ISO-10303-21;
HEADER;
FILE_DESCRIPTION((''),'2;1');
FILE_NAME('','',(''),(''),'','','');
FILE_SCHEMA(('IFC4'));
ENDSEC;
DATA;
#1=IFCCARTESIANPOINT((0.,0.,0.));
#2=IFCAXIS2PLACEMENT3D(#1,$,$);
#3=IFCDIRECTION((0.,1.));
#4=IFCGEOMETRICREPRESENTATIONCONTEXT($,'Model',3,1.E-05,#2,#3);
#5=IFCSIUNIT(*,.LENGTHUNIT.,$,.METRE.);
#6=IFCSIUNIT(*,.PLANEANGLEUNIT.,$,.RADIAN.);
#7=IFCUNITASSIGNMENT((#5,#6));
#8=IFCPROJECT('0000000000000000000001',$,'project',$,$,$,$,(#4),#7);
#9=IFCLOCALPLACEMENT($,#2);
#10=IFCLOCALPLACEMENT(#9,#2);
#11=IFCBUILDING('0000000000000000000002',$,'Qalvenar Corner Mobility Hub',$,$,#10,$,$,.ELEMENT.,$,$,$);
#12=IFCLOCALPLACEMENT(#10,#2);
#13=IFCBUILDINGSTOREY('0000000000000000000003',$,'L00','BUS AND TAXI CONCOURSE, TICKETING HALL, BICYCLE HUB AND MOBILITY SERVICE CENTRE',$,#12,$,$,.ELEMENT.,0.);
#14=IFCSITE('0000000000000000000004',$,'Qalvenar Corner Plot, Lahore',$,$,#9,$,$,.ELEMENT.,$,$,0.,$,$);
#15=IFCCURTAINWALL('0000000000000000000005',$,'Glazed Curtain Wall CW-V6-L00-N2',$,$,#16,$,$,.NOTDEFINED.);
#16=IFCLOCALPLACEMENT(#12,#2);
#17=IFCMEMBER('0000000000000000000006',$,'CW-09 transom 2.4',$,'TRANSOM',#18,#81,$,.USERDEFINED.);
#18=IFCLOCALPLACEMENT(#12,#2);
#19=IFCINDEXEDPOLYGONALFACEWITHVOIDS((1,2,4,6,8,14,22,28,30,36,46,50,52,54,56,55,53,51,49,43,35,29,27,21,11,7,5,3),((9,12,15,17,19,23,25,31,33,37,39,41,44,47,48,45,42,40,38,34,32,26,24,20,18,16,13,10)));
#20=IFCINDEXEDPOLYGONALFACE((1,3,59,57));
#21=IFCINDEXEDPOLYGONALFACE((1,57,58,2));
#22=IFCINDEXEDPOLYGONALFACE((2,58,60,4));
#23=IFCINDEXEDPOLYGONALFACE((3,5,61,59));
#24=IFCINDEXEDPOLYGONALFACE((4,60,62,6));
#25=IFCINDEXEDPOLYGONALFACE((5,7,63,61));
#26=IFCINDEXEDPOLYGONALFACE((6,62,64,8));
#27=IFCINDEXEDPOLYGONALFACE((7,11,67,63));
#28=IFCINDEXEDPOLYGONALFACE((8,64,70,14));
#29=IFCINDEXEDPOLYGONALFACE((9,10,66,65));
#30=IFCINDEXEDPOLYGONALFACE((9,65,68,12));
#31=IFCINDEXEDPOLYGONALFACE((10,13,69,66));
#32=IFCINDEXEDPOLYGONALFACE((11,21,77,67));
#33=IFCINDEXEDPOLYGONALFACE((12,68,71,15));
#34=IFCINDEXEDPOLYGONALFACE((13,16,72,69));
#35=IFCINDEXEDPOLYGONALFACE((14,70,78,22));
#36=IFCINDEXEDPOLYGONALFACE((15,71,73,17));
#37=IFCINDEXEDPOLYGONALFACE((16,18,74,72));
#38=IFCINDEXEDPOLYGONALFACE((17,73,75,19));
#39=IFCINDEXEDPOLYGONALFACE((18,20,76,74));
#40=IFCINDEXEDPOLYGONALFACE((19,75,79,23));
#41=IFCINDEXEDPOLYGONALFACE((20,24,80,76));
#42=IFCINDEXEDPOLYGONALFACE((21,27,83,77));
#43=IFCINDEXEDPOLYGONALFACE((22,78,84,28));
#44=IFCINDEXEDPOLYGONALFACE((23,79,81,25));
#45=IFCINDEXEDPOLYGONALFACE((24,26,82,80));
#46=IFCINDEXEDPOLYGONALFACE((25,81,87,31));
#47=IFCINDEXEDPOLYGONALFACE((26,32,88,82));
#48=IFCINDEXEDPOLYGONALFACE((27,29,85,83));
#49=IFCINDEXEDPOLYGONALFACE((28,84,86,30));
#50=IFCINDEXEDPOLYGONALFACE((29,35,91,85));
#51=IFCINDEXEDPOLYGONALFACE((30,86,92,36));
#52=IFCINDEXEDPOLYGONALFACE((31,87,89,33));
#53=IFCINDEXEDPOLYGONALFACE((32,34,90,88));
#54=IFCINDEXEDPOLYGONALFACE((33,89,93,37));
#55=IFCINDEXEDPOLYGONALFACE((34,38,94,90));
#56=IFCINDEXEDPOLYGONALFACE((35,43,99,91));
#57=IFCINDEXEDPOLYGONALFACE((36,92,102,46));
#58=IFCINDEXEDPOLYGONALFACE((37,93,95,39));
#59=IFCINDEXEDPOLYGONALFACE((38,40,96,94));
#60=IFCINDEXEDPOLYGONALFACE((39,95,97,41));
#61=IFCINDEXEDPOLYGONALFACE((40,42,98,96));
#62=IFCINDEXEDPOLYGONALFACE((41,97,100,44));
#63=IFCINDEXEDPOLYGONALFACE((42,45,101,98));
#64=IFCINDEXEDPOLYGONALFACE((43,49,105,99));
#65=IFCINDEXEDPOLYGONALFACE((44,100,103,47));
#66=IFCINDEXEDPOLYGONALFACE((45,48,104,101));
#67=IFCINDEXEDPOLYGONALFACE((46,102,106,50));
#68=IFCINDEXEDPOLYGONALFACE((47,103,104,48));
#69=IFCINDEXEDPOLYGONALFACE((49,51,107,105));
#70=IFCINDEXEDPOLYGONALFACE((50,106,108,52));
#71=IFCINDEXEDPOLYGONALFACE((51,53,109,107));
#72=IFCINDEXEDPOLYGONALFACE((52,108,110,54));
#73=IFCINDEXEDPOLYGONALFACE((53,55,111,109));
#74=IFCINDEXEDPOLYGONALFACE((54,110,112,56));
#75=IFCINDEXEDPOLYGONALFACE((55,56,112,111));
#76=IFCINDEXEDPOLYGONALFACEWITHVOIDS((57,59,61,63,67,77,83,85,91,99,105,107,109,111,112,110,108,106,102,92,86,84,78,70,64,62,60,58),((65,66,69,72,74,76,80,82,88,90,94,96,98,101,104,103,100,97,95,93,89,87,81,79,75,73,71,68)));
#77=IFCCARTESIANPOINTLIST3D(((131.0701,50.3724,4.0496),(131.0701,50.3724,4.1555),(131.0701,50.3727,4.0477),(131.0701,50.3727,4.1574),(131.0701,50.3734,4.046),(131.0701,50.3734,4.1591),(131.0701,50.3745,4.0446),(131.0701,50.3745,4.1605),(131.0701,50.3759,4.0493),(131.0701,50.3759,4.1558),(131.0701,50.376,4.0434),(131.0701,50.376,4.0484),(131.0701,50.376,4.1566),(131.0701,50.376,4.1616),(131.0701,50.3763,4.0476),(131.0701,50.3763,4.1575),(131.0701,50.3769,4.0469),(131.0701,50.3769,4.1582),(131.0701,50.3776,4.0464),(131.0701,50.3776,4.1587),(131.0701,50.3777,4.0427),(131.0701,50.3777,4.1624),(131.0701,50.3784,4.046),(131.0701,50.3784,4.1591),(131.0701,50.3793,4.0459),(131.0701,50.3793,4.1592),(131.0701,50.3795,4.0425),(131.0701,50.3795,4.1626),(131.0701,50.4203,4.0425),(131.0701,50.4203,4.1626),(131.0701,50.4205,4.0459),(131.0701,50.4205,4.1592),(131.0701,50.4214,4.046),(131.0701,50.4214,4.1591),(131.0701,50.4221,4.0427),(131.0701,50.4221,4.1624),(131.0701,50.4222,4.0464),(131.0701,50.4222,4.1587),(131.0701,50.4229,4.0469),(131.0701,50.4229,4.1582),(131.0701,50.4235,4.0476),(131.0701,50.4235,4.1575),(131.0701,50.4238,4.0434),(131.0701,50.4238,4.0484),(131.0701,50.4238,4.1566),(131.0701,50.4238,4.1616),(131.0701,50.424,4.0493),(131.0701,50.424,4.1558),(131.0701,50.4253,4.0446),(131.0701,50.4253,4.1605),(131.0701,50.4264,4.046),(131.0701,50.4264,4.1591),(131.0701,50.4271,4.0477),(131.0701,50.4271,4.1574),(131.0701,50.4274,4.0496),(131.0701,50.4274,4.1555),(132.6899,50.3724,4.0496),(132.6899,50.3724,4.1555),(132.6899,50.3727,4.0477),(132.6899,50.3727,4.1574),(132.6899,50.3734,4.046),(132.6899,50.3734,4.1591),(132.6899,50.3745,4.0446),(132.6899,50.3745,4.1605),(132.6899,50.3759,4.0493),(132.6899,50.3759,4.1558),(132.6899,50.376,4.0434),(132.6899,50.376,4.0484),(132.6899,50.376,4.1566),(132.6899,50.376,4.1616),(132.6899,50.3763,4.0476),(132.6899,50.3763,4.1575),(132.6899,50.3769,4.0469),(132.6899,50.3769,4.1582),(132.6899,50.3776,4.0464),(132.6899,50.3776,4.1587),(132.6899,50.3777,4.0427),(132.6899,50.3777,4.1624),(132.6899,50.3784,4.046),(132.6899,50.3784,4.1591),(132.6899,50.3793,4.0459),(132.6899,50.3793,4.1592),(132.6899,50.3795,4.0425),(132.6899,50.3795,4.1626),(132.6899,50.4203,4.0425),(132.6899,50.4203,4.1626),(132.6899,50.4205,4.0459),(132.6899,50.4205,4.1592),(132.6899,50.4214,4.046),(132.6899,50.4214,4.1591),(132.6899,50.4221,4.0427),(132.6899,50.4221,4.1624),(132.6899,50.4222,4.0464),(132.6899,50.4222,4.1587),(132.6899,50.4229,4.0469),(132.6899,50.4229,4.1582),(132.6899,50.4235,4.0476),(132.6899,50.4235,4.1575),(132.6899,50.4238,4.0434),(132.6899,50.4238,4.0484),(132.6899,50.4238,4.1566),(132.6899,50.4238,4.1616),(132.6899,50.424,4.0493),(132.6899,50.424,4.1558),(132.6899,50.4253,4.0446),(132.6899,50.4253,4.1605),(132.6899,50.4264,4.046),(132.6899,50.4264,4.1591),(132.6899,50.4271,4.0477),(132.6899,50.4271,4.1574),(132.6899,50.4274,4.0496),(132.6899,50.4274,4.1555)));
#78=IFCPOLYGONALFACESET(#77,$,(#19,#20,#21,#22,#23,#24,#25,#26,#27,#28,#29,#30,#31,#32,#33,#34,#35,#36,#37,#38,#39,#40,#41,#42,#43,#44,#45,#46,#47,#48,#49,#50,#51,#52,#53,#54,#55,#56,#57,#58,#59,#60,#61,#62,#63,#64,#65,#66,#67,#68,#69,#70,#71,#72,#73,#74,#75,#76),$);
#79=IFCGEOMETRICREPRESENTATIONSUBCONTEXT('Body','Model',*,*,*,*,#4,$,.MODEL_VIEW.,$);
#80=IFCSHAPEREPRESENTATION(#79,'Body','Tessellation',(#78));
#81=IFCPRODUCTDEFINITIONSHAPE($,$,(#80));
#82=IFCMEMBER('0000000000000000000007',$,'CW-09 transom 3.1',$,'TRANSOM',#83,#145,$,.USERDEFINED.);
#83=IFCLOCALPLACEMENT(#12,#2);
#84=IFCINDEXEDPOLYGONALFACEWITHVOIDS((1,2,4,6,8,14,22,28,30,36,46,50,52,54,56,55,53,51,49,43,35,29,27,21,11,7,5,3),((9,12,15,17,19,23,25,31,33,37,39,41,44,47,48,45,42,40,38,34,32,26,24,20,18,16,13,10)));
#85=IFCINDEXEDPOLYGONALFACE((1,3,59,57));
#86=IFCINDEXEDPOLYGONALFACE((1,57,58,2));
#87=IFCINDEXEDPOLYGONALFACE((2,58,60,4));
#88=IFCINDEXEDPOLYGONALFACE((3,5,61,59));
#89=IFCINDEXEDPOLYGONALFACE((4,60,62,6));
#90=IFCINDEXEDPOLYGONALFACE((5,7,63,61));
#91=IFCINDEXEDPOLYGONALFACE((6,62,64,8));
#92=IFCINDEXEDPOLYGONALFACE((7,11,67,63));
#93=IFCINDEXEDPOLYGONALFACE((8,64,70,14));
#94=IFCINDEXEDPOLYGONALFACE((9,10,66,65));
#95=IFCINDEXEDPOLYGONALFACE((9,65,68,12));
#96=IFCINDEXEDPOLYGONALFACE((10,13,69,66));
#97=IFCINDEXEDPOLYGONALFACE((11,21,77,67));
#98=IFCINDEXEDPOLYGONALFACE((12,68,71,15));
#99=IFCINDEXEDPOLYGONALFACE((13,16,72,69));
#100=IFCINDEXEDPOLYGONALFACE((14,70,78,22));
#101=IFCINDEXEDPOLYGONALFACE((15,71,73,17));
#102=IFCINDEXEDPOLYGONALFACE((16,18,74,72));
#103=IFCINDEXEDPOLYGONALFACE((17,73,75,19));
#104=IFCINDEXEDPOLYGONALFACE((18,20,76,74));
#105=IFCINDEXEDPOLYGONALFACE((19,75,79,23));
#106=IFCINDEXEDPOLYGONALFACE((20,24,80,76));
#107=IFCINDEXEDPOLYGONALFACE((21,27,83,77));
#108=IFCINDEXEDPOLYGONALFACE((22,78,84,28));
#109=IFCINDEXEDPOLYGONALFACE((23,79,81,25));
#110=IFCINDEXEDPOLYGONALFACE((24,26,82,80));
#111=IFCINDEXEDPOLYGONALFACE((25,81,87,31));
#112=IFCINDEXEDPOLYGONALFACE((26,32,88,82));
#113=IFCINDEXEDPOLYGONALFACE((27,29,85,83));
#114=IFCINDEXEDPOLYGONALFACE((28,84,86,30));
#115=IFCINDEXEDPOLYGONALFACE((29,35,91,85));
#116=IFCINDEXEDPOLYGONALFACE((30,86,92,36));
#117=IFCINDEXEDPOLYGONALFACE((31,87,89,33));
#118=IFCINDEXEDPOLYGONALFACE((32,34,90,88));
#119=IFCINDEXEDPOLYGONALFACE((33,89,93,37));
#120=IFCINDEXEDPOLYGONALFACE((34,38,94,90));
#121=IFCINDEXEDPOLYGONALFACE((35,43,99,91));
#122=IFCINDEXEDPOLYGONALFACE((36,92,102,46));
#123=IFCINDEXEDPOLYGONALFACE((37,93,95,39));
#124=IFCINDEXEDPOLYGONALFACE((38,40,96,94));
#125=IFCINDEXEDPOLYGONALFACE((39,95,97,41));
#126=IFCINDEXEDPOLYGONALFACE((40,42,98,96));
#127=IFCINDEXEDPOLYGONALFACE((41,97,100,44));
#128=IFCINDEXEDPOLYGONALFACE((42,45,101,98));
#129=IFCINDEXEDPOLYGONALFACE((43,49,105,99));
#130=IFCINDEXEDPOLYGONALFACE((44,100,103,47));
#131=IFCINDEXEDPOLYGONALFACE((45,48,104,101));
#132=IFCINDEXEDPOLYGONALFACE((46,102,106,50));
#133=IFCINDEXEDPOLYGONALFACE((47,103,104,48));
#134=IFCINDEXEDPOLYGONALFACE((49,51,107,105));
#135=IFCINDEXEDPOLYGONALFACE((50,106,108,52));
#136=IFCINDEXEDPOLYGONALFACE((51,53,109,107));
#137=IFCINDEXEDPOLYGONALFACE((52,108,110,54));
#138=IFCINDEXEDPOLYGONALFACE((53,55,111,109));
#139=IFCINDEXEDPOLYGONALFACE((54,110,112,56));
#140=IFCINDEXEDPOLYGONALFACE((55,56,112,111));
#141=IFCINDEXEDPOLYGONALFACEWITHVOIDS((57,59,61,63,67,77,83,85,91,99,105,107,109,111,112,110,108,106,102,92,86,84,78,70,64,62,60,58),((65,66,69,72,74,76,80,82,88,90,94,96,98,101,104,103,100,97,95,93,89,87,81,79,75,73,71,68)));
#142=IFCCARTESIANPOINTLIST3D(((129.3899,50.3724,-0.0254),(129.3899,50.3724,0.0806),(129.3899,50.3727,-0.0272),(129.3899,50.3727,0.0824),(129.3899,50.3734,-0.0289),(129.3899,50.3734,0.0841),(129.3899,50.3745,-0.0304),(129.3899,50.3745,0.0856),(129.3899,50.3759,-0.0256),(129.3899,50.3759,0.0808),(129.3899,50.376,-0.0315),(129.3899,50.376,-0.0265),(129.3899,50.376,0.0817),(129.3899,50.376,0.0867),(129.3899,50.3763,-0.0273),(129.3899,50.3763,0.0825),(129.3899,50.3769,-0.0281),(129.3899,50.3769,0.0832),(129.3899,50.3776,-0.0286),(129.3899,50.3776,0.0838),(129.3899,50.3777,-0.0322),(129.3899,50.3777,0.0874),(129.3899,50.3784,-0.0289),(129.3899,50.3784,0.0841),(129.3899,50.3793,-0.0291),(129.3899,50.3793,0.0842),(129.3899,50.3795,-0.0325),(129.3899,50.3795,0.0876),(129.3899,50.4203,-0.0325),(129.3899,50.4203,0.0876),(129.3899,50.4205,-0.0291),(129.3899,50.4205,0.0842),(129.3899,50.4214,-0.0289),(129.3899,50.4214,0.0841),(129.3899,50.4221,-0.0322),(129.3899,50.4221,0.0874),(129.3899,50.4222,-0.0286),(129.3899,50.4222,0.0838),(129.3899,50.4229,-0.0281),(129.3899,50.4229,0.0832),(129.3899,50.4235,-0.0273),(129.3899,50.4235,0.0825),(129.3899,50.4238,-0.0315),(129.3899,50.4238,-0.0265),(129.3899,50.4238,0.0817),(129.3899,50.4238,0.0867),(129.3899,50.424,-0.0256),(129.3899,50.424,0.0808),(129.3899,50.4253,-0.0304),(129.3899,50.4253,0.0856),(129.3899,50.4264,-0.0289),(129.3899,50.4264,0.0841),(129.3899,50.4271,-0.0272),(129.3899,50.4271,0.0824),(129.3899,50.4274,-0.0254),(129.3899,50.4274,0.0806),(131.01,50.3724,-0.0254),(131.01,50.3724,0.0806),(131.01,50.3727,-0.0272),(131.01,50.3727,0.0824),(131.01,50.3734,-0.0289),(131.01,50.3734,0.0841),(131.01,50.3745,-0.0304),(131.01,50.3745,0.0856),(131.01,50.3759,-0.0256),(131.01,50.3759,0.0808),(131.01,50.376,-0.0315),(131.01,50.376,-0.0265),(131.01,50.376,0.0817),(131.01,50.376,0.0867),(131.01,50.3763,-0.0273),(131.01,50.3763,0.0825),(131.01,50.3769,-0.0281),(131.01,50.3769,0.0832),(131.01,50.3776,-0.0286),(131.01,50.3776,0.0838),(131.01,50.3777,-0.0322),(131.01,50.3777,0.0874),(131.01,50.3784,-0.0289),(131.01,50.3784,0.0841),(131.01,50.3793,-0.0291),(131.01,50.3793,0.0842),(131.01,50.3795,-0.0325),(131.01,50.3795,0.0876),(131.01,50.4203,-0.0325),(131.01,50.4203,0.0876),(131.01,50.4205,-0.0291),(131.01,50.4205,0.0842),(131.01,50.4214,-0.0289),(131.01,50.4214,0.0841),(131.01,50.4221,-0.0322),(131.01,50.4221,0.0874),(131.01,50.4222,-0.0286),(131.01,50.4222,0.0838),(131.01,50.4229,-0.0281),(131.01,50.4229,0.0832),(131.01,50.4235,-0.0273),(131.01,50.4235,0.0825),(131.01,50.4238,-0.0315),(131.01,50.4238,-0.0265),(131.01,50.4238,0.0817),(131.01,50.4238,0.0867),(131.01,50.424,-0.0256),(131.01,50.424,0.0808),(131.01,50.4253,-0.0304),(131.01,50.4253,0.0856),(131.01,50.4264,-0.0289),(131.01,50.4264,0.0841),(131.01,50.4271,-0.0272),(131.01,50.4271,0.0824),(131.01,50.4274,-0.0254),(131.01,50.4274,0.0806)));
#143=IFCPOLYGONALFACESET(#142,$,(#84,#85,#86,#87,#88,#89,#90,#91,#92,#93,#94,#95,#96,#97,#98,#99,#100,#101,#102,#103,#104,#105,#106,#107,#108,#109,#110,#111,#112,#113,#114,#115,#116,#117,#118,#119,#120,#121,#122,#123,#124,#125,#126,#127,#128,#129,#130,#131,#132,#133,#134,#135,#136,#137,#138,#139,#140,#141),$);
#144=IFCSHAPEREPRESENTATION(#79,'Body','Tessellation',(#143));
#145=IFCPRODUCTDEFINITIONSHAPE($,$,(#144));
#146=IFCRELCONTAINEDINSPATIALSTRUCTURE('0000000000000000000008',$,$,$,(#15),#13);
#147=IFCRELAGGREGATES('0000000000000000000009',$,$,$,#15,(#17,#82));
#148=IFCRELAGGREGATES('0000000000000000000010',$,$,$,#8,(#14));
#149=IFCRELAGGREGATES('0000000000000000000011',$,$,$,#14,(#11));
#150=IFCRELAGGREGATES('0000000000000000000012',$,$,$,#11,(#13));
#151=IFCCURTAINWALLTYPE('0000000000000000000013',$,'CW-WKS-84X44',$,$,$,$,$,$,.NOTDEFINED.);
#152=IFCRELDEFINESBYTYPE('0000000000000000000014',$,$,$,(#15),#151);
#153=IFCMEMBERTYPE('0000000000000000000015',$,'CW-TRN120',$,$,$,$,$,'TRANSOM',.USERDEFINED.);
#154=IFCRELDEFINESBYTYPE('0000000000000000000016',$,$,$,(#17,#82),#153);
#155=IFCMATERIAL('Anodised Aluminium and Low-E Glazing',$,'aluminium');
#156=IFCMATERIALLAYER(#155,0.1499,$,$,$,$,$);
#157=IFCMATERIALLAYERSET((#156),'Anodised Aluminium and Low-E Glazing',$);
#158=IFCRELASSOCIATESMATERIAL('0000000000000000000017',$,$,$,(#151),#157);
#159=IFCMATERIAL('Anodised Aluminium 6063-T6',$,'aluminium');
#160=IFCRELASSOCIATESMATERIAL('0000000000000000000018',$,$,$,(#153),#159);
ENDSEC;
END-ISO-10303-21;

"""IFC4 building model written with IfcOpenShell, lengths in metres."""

from ifc_helpers import new_model, si_unit, direction, frame, origin, origin_2d, place, context, subcontext, project, spatial, hollow_rectangle, extrude, material, layer, layer_set, material_profile, profile_set, type_object, element, aggregate, save


model = new_model("IFC4")

# Units and contexts
model_context = context("Model", 3, precision=1e-05, world=origin(), true_north=direction((0.0, 1.0)))
body_context = subcontext(model_context, "Body", "Model", "MODEL_VIEW")
ifc_project = project(units=[si_unit("LENGTHUNIT", "METRE"), si_unit("PLANEANGLEUNIT", "RADIAN")], contexts=[model_context])

# Site, building, storey
site_placement = place(None, origin())
site = spatial("IfcSite", under=ifc_project, at=site_placement, Name="Qalvenar Corner Plot, Lahore", CompositionType="ELEMENT", RefElevation=0.0)
building_placement = place(site_placement, origin())
building = spatial("IfcBuilding", under=site, at=building_placement, Name="Qalvenar Corner Mobility Hub", CompositionType="ELEMENT")
storey_placement = place(building_placement, origin())
storey = spatial("IfcBuildingStorey", under=building, at=storey_placement, Name="L00", Description="BUS AND TAXI CONCOURSE, TICKETING HALL, BICYCLE HUB AND MOBILITY SERVICE CENTRE", CompositionType="ELEMENT", Elevation=0.0)

# Curtain wall, members
ifc_material_1 = material(Name="Anodised Aluminium and Low-E Glazing", Category="aluminium")
ifc_layer_1 = layer(ifc_material_1, 0.1499)
ifc_layer_set_1 = layer_set([ifc_layer_1], Name="Anodised Aluminium and Low-E Glazing")
curtain_wall_type = type_object("IfcCurtainWallType", Name="CW-WKS-84X44", PredefinedType="NOTDEFINED", material=ifc_layer_set_1)
curtain_wall_placement = place(storey_placement, origin())
curtain_wall = element("IfcCurtainWall", 1, at=curtain_wall_placement, inside=storey, type_object=curtain_wall_type, Name="Glazed Curtain Wall CW-V6-L00-N2", PredefinedType="NOTDEFINED")
ifc_material_2 = material(Name="Anodised Aluminium 6063-T6", Category="aluminium")
ifc_material_profile_1 = material_profile(ifc_material_2, hollow_rectangle(XDim=0.0549, YDim=0.1201, WallThickness=0.0034, InnerFilletRadius=0.0034, OuterFilletRadius=0.0071, at=origin_2d()), Name="RHS120x55x3.5")
ifc_profile_set_1 = profile_set([ifc_material_profile_1], Name="Anodised Aluminium 6063-T6")
member_type_1 = type_object("IfcMemberType", Name="CW-TRN120", ElementType="TRANSOM", PredefinedType="USERDEFINED", material=ifc_profile_set_1)
member_1_placement = place(storey_placement, frame((132.6899, 50.3999, 4.1025), z_axis=(-1.0, 0.0, 0.0), x_axis=(0.0, -1.0, 0.0)))
member_1 = element("IfcMember", 2, at=member_1_placement, type_object=member_type_1, Name="CW-09 transom 2.4", ObjectType="TRANSOM", PredefinedType="USERDEFINED", context=body_context, shape_type="SweptSolid", body=[
    extrude(hollow_rectangle(XDim=0.0549, YDim=0.1201, WallThickness=0.0034, InnerFilletRadius=0.0034, OuterFilletRadius=0.0071, at=origin_2d()), origin(), (0.0, 0.0, 1.0), 1.6199),
])
member_2_placement = place(storey_placement, frame((131.01, 50.3999, 0.0276), z_axis=(-1.0, 0.0, 0.0), x_axis=(0.0, -1.0, 0.0)))
member_2 = element("IfcMember", 3, at=member_2_placement, type_object=member_type_1, Name="CW-09 transom 3.1", ObjectType="TRANSOM", PredefinedType="USERDEFINED", context=body_context, shape_type="SweptSolid", body=[
    extrude(hollow_rectangle(XDim=0.0549, YDim=0.1201, WallThickness=0.0034, InnerFilletRadius=0.0034, OuterFilletRadius=0.0071, at=origin_2d()), origin(), (0.0, 0.0, 1.0), 1.6201),
])
aggregate(curtain_wall, [member_1, member_2])

save(model, "model.ifc")
